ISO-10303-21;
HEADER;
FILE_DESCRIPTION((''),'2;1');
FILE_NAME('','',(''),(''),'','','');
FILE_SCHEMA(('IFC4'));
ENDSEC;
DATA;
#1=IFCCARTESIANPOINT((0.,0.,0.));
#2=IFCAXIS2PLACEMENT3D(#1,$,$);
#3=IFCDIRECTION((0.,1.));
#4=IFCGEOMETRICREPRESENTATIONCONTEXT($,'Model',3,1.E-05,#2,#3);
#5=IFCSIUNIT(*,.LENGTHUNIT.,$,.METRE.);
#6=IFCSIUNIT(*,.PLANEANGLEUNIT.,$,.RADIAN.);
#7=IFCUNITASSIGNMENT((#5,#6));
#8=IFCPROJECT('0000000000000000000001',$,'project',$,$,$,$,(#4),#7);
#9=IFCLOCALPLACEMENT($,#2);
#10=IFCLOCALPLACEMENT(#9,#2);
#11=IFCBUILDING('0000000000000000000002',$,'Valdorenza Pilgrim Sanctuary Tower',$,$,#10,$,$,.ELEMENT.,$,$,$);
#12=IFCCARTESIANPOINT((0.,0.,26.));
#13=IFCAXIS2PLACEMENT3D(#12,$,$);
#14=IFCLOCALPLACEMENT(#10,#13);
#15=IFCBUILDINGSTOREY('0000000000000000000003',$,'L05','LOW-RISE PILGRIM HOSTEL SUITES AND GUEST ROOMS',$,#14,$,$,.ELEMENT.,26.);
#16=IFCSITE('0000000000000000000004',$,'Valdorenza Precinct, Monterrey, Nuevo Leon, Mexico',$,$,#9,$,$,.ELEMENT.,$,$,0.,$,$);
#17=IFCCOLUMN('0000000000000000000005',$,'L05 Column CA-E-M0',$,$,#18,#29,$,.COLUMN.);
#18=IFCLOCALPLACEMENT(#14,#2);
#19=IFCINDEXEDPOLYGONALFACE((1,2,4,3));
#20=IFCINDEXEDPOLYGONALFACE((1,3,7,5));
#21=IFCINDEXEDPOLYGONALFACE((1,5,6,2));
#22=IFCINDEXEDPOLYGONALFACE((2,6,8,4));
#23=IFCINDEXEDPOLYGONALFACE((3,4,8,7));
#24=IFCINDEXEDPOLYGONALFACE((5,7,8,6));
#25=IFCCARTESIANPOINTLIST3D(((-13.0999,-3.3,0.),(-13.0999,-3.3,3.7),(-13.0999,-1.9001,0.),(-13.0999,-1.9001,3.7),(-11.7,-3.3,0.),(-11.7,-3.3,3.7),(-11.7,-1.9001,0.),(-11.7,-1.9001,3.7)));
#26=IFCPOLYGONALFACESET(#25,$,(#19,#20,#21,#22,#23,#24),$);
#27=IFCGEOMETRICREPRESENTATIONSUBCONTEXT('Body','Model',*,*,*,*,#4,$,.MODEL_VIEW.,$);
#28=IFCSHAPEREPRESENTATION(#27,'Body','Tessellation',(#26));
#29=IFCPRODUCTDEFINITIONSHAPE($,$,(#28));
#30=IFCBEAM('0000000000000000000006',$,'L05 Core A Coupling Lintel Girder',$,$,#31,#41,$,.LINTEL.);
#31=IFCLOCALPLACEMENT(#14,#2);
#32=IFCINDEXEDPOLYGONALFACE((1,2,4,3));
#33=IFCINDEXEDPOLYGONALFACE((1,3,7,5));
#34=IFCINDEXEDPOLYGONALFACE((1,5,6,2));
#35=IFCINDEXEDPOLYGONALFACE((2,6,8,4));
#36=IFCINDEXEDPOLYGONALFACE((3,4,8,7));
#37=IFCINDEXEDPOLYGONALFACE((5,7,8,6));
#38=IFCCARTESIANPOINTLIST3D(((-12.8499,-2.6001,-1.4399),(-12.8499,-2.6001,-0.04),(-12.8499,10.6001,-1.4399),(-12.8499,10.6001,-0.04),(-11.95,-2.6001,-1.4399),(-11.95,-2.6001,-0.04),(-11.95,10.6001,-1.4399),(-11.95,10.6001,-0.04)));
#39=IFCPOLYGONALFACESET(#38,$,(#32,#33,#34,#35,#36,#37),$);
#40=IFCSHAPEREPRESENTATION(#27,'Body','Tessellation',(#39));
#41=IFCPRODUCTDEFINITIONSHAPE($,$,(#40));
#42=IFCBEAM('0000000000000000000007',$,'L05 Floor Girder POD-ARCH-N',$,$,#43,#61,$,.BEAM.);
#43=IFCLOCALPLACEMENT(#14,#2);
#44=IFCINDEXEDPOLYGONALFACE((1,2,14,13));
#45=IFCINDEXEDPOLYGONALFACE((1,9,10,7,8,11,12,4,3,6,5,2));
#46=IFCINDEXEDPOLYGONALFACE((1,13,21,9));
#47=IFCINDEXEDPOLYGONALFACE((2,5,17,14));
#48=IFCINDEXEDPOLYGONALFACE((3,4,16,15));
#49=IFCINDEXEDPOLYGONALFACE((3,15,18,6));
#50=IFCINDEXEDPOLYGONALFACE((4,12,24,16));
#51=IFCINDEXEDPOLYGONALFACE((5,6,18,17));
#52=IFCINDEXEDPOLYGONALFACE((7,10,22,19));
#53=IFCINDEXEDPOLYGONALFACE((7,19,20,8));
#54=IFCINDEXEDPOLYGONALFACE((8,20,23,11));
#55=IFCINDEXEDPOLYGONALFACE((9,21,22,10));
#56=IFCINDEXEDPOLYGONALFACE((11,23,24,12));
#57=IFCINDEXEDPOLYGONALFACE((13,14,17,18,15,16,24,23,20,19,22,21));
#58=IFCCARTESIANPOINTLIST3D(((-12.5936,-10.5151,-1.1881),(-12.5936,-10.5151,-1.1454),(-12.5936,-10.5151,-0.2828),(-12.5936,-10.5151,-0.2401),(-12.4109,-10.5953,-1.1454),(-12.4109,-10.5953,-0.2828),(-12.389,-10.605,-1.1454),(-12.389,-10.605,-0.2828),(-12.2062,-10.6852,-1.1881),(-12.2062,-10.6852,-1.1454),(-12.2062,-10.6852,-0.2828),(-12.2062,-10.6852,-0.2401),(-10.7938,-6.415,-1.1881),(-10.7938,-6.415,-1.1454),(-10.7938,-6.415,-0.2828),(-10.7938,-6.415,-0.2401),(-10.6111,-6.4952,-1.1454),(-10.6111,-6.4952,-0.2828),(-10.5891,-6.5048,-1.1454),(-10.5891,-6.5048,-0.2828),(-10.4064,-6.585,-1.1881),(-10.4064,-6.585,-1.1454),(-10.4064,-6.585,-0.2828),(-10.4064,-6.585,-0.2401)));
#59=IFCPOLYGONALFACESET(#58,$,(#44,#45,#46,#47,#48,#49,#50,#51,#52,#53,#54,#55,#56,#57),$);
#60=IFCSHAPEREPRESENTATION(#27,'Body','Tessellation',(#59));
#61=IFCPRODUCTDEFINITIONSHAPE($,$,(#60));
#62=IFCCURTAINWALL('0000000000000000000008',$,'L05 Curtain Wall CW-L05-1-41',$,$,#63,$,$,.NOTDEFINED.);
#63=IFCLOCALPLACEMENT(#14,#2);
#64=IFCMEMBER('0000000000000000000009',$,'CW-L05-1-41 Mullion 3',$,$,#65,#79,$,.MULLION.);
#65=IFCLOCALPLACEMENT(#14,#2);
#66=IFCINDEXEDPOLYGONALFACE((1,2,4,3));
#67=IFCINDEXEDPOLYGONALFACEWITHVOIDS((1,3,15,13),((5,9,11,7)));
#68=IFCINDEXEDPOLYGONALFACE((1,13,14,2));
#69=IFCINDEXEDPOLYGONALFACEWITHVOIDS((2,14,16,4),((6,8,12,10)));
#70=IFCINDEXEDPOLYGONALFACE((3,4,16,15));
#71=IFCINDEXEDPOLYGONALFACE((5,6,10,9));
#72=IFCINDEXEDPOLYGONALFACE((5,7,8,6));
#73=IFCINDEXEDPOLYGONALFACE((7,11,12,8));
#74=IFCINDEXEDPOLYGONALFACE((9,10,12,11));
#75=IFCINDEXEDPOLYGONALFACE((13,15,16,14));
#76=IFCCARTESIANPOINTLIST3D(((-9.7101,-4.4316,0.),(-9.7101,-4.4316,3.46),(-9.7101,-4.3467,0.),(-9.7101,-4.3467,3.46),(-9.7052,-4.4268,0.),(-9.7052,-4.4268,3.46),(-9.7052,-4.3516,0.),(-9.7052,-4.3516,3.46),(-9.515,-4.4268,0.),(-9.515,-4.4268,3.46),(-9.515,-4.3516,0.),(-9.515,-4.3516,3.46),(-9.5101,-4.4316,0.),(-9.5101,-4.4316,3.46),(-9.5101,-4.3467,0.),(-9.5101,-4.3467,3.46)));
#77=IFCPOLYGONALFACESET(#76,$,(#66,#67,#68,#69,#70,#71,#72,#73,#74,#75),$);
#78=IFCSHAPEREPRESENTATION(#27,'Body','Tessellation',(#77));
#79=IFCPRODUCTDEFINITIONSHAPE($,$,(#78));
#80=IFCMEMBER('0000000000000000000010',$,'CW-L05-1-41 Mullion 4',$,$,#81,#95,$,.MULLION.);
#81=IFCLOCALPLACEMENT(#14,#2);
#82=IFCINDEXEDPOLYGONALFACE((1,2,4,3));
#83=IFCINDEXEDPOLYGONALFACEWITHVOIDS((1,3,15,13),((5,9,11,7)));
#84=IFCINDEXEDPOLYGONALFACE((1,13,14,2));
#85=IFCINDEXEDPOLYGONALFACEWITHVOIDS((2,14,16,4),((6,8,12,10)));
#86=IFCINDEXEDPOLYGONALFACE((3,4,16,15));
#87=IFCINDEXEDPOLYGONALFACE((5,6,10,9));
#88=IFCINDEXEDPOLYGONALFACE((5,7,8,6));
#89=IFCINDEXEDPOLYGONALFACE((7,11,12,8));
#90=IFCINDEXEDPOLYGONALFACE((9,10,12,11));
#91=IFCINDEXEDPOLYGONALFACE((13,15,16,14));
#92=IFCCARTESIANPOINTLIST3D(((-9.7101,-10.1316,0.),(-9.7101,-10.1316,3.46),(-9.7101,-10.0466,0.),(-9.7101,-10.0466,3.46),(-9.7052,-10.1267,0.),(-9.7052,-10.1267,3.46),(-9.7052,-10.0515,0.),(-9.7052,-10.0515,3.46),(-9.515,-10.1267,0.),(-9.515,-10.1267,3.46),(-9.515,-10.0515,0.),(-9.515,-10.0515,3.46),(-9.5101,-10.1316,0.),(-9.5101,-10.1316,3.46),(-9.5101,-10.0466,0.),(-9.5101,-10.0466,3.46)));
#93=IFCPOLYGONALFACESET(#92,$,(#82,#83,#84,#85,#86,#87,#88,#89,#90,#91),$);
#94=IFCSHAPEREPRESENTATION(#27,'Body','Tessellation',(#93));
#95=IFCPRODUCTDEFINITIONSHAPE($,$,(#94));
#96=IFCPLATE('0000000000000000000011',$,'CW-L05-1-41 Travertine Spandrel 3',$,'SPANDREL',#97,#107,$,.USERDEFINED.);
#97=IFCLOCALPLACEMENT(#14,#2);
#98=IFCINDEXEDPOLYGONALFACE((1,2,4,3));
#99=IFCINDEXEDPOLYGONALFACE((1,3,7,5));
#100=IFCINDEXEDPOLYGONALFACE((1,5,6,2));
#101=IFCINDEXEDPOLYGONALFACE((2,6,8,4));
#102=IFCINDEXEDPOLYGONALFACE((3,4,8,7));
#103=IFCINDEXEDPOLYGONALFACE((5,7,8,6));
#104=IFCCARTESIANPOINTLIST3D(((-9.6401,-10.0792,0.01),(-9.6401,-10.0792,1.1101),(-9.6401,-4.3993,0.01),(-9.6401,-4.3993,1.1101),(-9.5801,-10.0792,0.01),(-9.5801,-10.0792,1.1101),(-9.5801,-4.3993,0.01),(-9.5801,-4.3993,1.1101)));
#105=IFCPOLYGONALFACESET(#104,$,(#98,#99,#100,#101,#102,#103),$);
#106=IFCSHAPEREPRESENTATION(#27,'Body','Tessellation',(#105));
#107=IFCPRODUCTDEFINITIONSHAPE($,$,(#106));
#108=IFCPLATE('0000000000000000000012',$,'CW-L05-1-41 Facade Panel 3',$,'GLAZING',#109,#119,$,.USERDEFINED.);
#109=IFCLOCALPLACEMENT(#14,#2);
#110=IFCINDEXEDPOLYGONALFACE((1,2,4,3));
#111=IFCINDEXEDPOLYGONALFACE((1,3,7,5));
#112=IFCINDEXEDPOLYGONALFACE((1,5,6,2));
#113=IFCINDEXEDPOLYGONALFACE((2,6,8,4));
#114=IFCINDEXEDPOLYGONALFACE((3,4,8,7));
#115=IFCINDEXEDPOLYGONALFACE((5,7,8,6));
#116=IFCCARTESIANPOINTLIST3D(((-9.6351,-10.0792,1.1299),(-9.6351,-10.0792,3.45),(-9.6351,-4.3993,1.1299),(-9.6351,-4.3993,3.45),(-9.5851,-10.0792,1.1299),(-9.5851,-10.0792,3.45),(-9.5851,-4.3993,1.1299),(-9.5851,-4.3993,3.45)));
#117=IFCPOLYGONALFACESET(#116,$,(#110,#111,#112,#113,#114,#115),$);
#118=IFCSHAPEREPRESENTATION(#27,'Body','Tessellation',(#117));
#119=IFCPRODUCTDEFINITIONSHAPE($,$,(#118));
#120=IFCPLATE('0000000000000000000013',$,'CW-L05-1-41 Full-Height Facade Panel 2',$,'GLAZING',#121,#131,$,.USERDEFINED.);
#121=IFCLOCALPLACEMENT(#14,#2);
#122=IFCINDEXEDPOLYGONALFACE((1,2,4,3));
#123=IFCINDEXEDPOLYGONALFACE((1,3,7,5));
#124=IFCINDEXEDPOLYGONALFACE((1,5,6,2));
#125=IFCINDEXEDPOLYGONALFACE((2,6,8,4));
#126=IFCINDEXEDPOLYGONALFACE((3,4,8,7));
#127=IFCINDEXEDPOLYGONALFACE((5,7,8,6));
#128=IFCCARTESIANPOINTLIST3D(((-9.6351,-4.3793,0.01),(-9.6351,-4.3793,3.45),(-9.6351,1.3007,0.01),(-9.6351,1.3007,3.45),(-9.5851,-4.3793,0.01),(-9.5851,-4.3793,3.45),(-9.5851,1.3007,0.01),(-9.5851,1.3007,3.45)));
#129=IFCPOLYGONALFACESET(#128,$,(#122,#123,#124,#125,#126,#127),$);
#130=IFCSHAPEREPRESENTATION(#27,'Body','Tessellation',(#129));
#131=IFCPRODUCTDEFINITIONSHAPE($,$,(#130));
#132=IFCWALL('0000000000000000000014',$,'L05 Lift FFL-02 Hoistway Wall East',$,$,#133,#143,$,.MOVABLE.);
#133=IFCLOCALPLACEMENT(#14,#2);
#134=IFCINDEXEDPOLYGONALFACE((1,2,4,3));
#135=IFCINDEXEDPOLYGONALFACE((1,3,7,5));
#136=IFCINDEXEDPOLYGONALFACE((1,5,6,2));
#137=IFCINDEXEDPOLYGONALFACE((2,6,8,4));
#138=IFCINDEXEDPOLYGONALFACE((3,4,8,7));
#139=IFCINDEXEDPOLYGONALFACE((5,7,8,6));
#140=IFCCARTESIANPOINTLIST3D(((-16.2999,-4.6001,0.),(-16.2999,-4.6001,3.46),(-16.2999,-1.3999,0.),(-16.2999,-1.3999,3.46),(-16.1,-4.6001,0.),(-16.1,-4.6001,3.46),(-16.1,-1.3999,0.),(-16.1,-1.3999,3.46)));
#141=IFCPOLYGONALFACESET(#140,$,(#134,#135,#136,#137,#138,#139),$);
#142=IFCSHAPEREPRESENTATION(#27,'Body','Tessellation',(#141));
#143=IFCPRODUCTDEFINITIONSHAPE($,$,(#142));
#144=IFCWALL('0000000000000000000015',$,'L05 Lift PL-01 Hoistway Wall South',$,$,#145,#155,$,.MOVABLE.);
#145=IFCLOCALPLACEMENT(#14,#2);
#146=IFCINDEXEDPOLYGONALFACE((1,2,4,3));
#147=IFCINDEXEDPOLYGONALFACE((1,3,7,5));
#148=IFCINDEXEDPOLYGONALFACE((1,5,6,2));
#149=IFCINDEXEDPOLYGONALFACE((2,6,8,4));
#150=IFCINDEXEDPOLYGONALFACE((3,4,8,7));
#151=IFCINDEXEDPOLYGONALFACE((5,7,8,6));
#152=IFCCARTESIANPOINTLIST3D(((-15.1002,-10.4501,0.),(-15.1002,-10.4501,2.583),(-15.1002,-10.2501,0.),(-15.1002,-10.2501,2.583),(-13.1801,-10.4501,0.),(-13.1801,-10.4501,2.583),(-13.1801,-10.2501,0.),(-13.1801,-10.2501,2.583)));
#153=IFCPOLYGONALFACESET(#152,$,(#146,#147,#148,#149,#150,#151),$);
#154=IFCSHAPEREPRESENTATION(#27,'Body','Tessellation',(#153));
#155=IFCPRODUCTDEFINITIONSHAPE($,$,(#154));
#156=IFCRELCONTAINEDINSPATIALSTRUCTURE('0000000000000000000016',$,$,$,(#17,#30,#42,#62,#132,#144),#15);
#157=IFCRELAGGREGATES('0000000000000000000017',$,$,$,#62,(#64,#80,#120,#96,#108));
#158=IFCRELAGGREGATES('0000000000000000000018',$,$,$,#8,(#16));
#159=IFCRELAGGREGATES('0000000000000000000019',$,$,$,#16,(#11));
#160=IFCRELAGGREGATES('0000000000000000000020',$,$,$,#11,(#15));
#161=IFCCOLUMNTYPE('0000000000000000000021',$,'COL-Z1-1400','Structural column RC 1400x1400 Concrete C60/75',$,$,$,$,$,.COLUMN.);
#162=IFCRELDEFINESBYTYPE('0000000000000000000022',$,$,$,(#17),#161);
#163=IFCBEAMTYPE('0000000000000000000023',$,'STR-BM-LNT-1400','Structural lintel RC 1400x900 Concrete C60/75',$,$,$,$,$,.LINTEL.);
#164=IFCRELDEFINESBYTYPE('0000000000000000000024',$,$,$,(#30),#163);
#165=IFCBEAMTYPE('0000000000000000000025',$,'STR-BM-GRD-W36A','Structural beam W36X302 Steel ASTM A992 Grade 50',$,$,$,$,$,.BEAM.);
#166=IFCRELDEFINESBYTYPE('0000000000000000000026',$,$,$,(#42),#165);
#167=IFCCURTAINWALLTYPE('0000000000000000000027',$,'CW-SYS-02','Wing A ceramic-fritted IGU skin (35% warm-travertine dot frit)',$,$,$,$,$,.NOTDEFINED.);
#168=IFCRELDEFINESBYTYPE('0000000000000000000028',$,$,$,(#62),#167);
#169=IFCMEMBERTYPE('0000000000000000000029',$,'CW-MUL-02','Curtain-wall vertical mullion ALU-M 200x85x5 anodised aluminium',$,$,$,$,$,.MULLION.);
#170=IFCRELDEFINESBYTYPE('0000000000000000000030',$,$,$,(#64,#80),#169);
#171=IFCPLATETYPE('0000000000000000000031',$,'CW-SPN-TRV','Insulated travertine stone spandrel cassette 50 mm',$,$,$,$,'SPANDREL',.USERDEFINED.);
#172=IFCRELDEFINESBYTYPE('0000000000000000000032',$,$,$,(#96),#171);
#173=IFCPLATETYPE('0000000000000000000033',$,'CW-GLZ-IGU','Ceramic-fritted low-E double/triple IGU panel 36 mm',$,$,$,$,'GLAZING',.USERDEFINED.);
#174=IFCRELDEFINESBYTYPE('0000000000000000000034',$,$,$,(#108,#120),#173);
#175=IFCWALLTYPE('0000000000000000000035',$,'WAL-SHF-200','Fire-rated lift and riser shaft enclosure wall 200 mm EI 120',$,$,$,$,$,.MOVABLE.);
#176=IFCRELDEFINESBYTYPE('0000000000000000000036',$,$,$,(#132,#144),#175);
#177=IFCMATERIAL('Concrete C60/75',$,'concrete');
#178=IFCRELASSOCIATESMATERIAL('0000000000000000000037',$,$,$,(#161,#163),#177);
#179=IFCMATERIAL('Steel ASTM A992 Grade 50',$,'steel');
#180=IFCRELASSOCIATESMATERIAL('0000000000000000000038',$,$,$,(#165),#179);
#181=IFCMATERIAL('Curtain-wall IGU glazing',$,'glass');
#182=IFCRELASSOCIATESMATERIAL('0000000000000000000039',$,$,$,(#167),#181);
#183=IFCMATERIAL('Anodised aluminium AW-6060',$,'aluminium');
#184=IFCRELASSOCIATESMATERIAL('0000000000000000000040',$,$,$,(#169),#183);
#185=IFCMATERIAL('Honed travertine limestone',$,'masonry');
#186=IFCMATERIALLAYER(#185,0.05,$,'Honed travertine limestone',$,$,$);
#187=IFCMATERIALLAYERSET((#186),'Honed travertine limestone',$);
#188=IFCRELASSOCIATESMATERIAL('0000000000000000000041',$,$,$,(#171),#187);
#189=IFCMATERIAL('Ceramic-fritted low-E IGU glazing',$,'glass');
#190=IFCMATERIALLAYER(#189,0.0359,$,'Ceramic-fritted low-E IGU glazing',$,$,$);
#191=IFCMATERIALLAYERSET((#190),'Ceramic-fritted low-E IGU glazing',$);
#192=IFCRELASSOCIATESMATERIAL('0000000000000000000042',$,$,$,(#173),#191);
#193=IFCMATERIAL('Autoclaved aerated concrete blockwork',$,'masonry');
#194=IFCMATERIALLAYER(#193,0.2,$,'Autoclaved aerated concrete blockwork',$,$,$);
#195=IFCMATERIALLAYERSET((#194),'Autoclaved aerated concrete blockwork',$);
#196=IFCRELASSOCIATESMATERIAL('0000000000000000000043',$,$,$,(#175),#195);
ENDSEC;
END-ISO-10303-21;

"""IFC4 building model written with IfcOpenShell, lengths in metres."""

from ifc_helpers import new_model, si_unit, direction, frame, frame_2d, origin, origin_2d, place, context, subcontext, project, spatial, rectangle, hollow_rectangle, i_section, extrude, source, transform, mapped, material, layer, layer_set, material_profile, profile_set, type_object, element, aggregate, save


model = new_model("IFC4")

# Units and contexts
model_context = context("Model", 3, precision=1e-05, world=origin(), true_north=direction((0.0, 1.0)))
body_context = subcontext(model_context, "Body", "Model", "MODEL_VIEW")
ifc_project = project(units=[si_unit("LENGTHUNIT", "METRE"), si_unit("PLANEANGLEUNIT", "RADIAN")], contexts=[model_context])

# Site, building, storey
site_placement = place(None, origin())
site = spatial("IfcSite", under=ifc_project, at=site_placement, Name="Valdorenza Precinct, Monterrey, Nuevo Leon, Mexico", CompositionType="ELEMENT", RefElevation=0.0)
building_placement = place(site_placement, origin())
building = spatial("IfcBuilding", under=site, at=building_placement, Name="Valdorenza Pilgrim Sanctuary Tower", CompositionType="ELEMENT")
storey_placement = place(building_placement, frame((0.0, 0.0, 26.0)))
storey = spatial("IfcBuildingStorey", under=building, at=storey_placement, Name="L05", Description="LOW-RISE PILGRIM HOSTEL SUITES AND GUEST ROOMS", CompositionType="ELEMENT", Elevation=26.0)

# Column
ifc_material_1 = material(Name="Concrete C60/75", Category="concrete")
ifc_material_profile_1 = material_profile(ifc_material_1, rectangle(XDim=1.3999, YDim=1.3999, at=origin_2d()), Name="RC 1400x1400")
ifc_profile_set_1 = profile_set([ifc_material_profile_1], Name="Concrete C60/75")
column_type = type_object("IfcColumnType", Name="COL-Z1-1400", Description="Structural column RC 1400x1400 Concrete C60/75", PredefinedType="COLUMN", material=ifc_profile_set_1)
shared_shape_1 = source(origin(), body_context, "Body", "SweptSolid", [
    extrude(rectangle(XDim=1.3999, YDim=1.3999, at=origin_2d()), origin(), (0.0, 0.0, 1.0), 3.7),
])
column_placement = place(storey_placement, frame((-12.3999, -2.6001, 0.0), z_axis=(0.0, 0.0, 1.0), x_axis=(1.0, 0.0, 0.0)))
element("IfcColumn", 1, at=column_placement, inside=storey, type_object=column_type, Name="L05 Column CA-E-M0", PredefinedType="COLUMN", context=body_context, shape_type="MappedRepresentation", body=[
    mapped(shared_shape_1, transform((0.0, 0.0, 0.0), x_axis=(1.0, 0.0, 0.0), y_axis=(0.0, 1.0, 0.0), z_axis=(0.0, 0.0, 1.0), scale=1.0)),
])

# Beams
ifc_material_profile_2 = material_profile(ifc_material_1, rectangle(XDim=0.8999, YDim=1.3999, at=origin_2d()), Name="RC 1400x900")
ifc_profile_set_2 = profile_set([ifc_material_profile_2], Name="Concrete C60/75")
beam_type_1 = type_object("IfcBeamType", Name="STR-BM-LNT-1400", Description="Structural lintel RC 1400x900 Concrete C60/75", PredefinedType="LINTEL", material=ifc_profile_set_2)
shared_shape_2 = source(origin(), body_context, "Body", "SweptSolid", [
    extrude(rectangle(XDim=0.8999, YDim=1.3999, at=origin_2d()), origin(), (0.0, 0.0, 1.0), 13.2002),
])
beam_1_placement = place(storey_placement, frame((-12.3999, -2.6001, -0.74), z_axis=(0.0, 1.0, 0.0), x_axis=(-1.0, 0.0, 0.0)))
element("IfcBeam", 2, at=beam_1_placement, inside=storey, type_object=beam_type_1, Name="L05 Core A Coupling Lintel Girder", PredefinedType="LINTEL", context=body_context, shape_type="MappedRepresentation", body=[
    mapped(shared_shape_2, transform((0.0, 0.0, 0.0), x_axis=(1.0, 0.0, 0.0), y_axis=(0.0, 1.0, 0.0), z_axis=(0.0, 0.0, 1.0), scale=1.0)),
])
ifc_material_2 = material(Name="Steel ASTM A992 Grade 50", Category="steel")
ifc_material_profile_3 = material_profile(ifc_material_2, i_section(OverallWidth=0.4231, OverallDepth=0.948, WebThickness=0.0239, FlangeThickness=0.0427, at=origin_2d()), Name="W36X302")
ifc_profile_set_3 = profile_set([ifc_material_profile_3], Name="Steel ASTM A992 Grade 50")
beam_type_2 = type_object("IfcBeamType", Name="STR-BM-GRD-W36A", Description="Structural beam W36X302 Steel ASTM A992 Grade 50", PredefinedType="BEAM", material=ifc_profile_set_3)
shared_shape_3 = source(origin(), body_context, "Body", "SweptSolid", [
    extrude(i_section(OverallWidth=0.4231, OverallDepth=0.948, WebThickness=0.0239, FlangeThickness=0.0427, at=origin_2d()), origin(), (0.0, 0.0, 1.0), 4.4778),
])
beam_2_placement = place(storey_placement, frame((-10.6001, -6.5, -0.7141), z_axis=(-0.401945, -0.915664, 0.0), x_axis=(0.915664, -0.401945, 0.0)))
element("IfcBeam", 3, at=beam_2_placement, inside=storey, type_object=beam_type_2, Name="L05 Floor Girder POD-ARCH-N", PredefinedType="BEAM", context=body_context, shape_type="MappedRepresentation", body=[
    mapped(shared_shape_3, transform((0.0, 0.0, 0.0), x_axis=(1.0, 0.0, 0.0), y_axis=(0.0, 1.0, 0.0), z_axis=(0.0, 0.0, 1.0), scale=1.0)),
])

# Curtain wall, members, plates
ifc_material_3 = material(Name="Curtain-wall IGU glazing", Category="glass")
curtain_wall_type = type_object("IfcCurtainWallType", Name="CW-SYS-02", Description="Wing A ceramic-fritted IGU skin (35% warm-travertine dot frit)", PredefinedType="NOTDEFINED", material=ifc_material_3)
curtain_wall_placement = place(storey_placement, origin())
curtain_wall = element("IfcCurtainWall", 4, at=curtain_wall_placement, inside=storey, type_object=curtain_wall_type, Name="L05 Curtain Wall CW-L05-1-41", PredefinedType="NOTDEFINED")
ifc_material_4 = material(Name="Anodised aluminium AW-6060", Category="aluminium")
ifc_material_profile_4 = material_profile(ifc_material_4, hollow_rectangle(XDim=0.085, YDim=0.2, WallThickness=0.0049, at=origin_2d()), Name="ALU-M 200x85x5")
ifc_profile_set_4 = profile_set([ifc_material_profile_4], Name="Anodised aluminium AW-6060")
member_type = type_object("IfcMemberType", Name="CW-MUL-02", Description="Curtain-wall vertical mullion ALU-M 200x85x5 anodised aluminium", PredefinedType="MULLION", material=ifc_profile_set_4)
shared_shape_4 = source(origin(), body_context, "Body", "SweptSolid", [
    extrude(hollow_rectangle(XDim=0.085, YDim=0.2, WallThickness=0.0049, at=origin_2d()), origin(), (0.0, 0.0, 1.0), 3.46),
])
member_1_placement = place(storey_placement, frame((-9.6101, -4.3892, 0.0), z_axis=(0.0, 0.0, 1.0), x_axis=(0.0, -1.0, 0.0)))
member_1 = element("IfcMember", 5, at=member_1_placement, type_object=member_type, Name="CW-L05-1-41 Mullion 3", PredefinedType="MULLION", context=body_context, shape_type="MappedRepresentation", body=[
    mapped(shared_shape_4, transform((0.0, 0.0, 0.0), x_axis=(1.0, 0.0, 0.0), y_axis=(0.0, 1.0, 0.0), z_axis=(0.0, 0.0, 1.0), scale=1.0)),
])
member_2_placement = place(storey_placement, frame((-9.6101, -10.0891, 0.0), z_axis=(0.0, 0.0, 1.0), x_axis=(0.0, -1.0, 0.0)))
member_2 = element("IfcMember", 6, at=member_2_placement, type_object=member_type, Name="CW-L05-1-41 Mullion 4", PredefinedType="MULLION", context=body_context, shape_type="MappedRepresentation", body=[
    mapped(shared_shape_4, transform((0.0, 0.0, 0.0), x_axis=(1.0, 0.0, 0.0), y_axis=(0.0, 1.0, 0.0), z_axis=(0.0, 0.0, 1.0), scale=1.0)),
])
ifc_material_5 = material(Name="Honed travertine limestone", Category="masonry")
ifc_layer_1 = layer(ifc_material_5, 0.05, Name="Honed travertine limestone")
ifc_layer_set_1 = layer_set([ifc_layer_1], Name="Honed travertine limestone")
plate_type_1 = type_object("IfcPlateType", Name="CW-SPN-TRV", Description="Insulated travertine stone spandrel cassette 50 mm", ElementType="SPANDREL", PredefinedType="USERDEFINED", material=ifc_layer_set_1)
shared_shape_5 = source(origin(), body_context, "Body", "SweptSolid", [
    extrude(rectangle(XDim=5.6799, YDim=0.0601, at=origin_2d()), origin(), (0.0, 0.0, 1.0), 1.1001),
])
plate_1_placement = place(storey_placement, frame((-9.6101, -7.2393, 0.01), z_axis=(0.0, 0.0, 1.0), x_axis=(0.0, -1.0, 0.0)))
plate_1 = element("IfcPlate", 7, at=plate_1_placement, type_object=plate_type_1, Name="CW-L05-1-41 Travertine Spandrel 3", ObjectType="SPANDREL", PredefinedType="USERDEFINED", context=body_context, shape_type="MappedRepresentation", body=[
    mapped(shared_shape_5, transform((0.0, 0.0, 0.0), x_axis=(1.0, 0.0, 0.0), y_axis=(0.0, 1.0, 0.0), z_axis=(0.0, 0.0, 1.0), scale=1.0)),
])
ifc_material_6 = material(Name="Ceramic-fritted low-E IGU glazing", Category="glass")
ifc_layer_2 = layer(ifc_material_6, 0.0359, Name="Ceramic-fritted low-E IGU glazing")
ifc_layer_set_2 = layer_set([ifc_layer_2], Name="Ceramic-fritted low-E IGU glazing")
plate_type_2 = type_object("IfcPlateType", Name="CW-GLZ-IGU", Description="Ceramic-fritted low-E double/triple IGU panel 36 mm", ElementType="GLAZING", PredefinedType="USERDEFINED", material=ifc_layer_set_2)
shared_shape_6 = source(origin(), body_context, "Body", "SweptSolid", [
    extrude(rectangle(XDim=5.6799, YDim=0.05, at=origin_2d()), origin(), (0.0, 0.0, 1.0), 2.3201),
])
plate_2_placement = place(storey_placement, frame((-9.6101, -7.2393, 1.1299), z_axis=(0.0, 0.0, 1.0), x_axis=(0.0, -1.0, 0.0)))
plate_2 = element("IfcPlate", 8, at=plate_2_placement, type_object=plate_type_2, Name="CW-L05-1-41 Facade Panel 3", ObjectType="GLAZING", PredefinedType="USERDEFINED", context=body_context, shape_type="MappedRepresentation", body=[
    mapped(shared_shape_6, transform((0.0, 0.0, 0.0), x_axis=(1.0, 0.0, 0.0), y_axis=(0.0, 1.0, 0.0), z_axis=(0.0, 0.0, 1.0), scale=1.0)),
])
shared_shape_7 = source(origin(), body_context, "Body", "SweptSolid", [
    extrude(rectangle(XDim=5.6799, YDim=0.05, at=origin_2d()), origin(), (0.0, 0.0, 1.0), 3.4399),
])
plate_3_placement = place(storey_placement, frame((-9.6101, -1.5393, 0.01), z_axis=(0.0, 0.0, 1.0), x_axis=(0.0, -1.0, 0.0)))
plate_3 = element("IfcPlate", 9, at=plate_3_placement, type_object=plate_type_2, Name="CW-L05-1-41 Full-Height Facade Panel 2", ObjectType="GLAZING", PredefinedType="USERDEFINED", context=body_context, shape_type="MappedRepresentation", body=[
    mapped(shared_shape_7, transform((0.0, 0.0, 0.0), x_axis=(1.0, 0.0, 0.0), y_axis=(0.0, 1.0, 0.0), z_axis=(0.0, 0.0, 1.0), scale=1.0)),
])
aggregate(curtain_wall, [member_1, member_2, plate_3, plate_1, plate_2])

# Walls
ifc_material_7 = material(Name="Autoclaved aerated concrete blockwork", Category="masonry")
ifc_layer_3 = layer(ifc_material_7, 0.2, Name="Autoclaved aerated concrete blockwork")
ifc_layer_set_3 = layer_set([ifc_layer_3], Name="Autoclaved aerated concrete blockwork")
wall_type = type_object("IfcWallType", Name="WAL-SHF-200", Description="Fire-rated lift and riser shaft enclosure wall 200 mm EI 120", PredefinedType="MOVABLE", material=ifc_layer_set_3)
wall_1_placement = place(storey_placement, frame((-16.2, -4.6001, 0.0), z_axis=(0.0, 0.0, 1.0), x_axis=(0.0, 1.0, 0.0)))
element("IfcWall", 10, at=wall_1_placement, inside=storey, type_object=wall_type, Name="L05 Lift FFL-02 Hoistway Wall East", PredefinedType="MOVABLE", context=body_context, shape_type="SweptSolid", body=[
    extrude(rectangle(XDim=3.2002, YDim=0.2, at=frame_2d((1.6001, 0.0))), origin(), (0.0, 0.0, 1.0), 3.46),
])
wall_2_placement = place(storey_placement, frame((-15.1001, -10.3501, 0.0), z_axis=(0.0, 0.0, 1.0), x_axis=(1.0, 0.0, 0.0)))
element("IfcWall", 11, at=wall_2_placement, inside=storey, type_object=wall_type, Name="L05 Lift PL-01 Hoistway Wall South", PredefinedType="MOVABLE", context=body_context, shape_type="SweptSolid", body=[
    extrude(rectangle(XDim=1.9202, YDim=0.2, at=frame_2d((0.96, 0.0))), origin(), (0.0, 0.0, 1.0), 2.583),
])

save(model, "model.ifc")
